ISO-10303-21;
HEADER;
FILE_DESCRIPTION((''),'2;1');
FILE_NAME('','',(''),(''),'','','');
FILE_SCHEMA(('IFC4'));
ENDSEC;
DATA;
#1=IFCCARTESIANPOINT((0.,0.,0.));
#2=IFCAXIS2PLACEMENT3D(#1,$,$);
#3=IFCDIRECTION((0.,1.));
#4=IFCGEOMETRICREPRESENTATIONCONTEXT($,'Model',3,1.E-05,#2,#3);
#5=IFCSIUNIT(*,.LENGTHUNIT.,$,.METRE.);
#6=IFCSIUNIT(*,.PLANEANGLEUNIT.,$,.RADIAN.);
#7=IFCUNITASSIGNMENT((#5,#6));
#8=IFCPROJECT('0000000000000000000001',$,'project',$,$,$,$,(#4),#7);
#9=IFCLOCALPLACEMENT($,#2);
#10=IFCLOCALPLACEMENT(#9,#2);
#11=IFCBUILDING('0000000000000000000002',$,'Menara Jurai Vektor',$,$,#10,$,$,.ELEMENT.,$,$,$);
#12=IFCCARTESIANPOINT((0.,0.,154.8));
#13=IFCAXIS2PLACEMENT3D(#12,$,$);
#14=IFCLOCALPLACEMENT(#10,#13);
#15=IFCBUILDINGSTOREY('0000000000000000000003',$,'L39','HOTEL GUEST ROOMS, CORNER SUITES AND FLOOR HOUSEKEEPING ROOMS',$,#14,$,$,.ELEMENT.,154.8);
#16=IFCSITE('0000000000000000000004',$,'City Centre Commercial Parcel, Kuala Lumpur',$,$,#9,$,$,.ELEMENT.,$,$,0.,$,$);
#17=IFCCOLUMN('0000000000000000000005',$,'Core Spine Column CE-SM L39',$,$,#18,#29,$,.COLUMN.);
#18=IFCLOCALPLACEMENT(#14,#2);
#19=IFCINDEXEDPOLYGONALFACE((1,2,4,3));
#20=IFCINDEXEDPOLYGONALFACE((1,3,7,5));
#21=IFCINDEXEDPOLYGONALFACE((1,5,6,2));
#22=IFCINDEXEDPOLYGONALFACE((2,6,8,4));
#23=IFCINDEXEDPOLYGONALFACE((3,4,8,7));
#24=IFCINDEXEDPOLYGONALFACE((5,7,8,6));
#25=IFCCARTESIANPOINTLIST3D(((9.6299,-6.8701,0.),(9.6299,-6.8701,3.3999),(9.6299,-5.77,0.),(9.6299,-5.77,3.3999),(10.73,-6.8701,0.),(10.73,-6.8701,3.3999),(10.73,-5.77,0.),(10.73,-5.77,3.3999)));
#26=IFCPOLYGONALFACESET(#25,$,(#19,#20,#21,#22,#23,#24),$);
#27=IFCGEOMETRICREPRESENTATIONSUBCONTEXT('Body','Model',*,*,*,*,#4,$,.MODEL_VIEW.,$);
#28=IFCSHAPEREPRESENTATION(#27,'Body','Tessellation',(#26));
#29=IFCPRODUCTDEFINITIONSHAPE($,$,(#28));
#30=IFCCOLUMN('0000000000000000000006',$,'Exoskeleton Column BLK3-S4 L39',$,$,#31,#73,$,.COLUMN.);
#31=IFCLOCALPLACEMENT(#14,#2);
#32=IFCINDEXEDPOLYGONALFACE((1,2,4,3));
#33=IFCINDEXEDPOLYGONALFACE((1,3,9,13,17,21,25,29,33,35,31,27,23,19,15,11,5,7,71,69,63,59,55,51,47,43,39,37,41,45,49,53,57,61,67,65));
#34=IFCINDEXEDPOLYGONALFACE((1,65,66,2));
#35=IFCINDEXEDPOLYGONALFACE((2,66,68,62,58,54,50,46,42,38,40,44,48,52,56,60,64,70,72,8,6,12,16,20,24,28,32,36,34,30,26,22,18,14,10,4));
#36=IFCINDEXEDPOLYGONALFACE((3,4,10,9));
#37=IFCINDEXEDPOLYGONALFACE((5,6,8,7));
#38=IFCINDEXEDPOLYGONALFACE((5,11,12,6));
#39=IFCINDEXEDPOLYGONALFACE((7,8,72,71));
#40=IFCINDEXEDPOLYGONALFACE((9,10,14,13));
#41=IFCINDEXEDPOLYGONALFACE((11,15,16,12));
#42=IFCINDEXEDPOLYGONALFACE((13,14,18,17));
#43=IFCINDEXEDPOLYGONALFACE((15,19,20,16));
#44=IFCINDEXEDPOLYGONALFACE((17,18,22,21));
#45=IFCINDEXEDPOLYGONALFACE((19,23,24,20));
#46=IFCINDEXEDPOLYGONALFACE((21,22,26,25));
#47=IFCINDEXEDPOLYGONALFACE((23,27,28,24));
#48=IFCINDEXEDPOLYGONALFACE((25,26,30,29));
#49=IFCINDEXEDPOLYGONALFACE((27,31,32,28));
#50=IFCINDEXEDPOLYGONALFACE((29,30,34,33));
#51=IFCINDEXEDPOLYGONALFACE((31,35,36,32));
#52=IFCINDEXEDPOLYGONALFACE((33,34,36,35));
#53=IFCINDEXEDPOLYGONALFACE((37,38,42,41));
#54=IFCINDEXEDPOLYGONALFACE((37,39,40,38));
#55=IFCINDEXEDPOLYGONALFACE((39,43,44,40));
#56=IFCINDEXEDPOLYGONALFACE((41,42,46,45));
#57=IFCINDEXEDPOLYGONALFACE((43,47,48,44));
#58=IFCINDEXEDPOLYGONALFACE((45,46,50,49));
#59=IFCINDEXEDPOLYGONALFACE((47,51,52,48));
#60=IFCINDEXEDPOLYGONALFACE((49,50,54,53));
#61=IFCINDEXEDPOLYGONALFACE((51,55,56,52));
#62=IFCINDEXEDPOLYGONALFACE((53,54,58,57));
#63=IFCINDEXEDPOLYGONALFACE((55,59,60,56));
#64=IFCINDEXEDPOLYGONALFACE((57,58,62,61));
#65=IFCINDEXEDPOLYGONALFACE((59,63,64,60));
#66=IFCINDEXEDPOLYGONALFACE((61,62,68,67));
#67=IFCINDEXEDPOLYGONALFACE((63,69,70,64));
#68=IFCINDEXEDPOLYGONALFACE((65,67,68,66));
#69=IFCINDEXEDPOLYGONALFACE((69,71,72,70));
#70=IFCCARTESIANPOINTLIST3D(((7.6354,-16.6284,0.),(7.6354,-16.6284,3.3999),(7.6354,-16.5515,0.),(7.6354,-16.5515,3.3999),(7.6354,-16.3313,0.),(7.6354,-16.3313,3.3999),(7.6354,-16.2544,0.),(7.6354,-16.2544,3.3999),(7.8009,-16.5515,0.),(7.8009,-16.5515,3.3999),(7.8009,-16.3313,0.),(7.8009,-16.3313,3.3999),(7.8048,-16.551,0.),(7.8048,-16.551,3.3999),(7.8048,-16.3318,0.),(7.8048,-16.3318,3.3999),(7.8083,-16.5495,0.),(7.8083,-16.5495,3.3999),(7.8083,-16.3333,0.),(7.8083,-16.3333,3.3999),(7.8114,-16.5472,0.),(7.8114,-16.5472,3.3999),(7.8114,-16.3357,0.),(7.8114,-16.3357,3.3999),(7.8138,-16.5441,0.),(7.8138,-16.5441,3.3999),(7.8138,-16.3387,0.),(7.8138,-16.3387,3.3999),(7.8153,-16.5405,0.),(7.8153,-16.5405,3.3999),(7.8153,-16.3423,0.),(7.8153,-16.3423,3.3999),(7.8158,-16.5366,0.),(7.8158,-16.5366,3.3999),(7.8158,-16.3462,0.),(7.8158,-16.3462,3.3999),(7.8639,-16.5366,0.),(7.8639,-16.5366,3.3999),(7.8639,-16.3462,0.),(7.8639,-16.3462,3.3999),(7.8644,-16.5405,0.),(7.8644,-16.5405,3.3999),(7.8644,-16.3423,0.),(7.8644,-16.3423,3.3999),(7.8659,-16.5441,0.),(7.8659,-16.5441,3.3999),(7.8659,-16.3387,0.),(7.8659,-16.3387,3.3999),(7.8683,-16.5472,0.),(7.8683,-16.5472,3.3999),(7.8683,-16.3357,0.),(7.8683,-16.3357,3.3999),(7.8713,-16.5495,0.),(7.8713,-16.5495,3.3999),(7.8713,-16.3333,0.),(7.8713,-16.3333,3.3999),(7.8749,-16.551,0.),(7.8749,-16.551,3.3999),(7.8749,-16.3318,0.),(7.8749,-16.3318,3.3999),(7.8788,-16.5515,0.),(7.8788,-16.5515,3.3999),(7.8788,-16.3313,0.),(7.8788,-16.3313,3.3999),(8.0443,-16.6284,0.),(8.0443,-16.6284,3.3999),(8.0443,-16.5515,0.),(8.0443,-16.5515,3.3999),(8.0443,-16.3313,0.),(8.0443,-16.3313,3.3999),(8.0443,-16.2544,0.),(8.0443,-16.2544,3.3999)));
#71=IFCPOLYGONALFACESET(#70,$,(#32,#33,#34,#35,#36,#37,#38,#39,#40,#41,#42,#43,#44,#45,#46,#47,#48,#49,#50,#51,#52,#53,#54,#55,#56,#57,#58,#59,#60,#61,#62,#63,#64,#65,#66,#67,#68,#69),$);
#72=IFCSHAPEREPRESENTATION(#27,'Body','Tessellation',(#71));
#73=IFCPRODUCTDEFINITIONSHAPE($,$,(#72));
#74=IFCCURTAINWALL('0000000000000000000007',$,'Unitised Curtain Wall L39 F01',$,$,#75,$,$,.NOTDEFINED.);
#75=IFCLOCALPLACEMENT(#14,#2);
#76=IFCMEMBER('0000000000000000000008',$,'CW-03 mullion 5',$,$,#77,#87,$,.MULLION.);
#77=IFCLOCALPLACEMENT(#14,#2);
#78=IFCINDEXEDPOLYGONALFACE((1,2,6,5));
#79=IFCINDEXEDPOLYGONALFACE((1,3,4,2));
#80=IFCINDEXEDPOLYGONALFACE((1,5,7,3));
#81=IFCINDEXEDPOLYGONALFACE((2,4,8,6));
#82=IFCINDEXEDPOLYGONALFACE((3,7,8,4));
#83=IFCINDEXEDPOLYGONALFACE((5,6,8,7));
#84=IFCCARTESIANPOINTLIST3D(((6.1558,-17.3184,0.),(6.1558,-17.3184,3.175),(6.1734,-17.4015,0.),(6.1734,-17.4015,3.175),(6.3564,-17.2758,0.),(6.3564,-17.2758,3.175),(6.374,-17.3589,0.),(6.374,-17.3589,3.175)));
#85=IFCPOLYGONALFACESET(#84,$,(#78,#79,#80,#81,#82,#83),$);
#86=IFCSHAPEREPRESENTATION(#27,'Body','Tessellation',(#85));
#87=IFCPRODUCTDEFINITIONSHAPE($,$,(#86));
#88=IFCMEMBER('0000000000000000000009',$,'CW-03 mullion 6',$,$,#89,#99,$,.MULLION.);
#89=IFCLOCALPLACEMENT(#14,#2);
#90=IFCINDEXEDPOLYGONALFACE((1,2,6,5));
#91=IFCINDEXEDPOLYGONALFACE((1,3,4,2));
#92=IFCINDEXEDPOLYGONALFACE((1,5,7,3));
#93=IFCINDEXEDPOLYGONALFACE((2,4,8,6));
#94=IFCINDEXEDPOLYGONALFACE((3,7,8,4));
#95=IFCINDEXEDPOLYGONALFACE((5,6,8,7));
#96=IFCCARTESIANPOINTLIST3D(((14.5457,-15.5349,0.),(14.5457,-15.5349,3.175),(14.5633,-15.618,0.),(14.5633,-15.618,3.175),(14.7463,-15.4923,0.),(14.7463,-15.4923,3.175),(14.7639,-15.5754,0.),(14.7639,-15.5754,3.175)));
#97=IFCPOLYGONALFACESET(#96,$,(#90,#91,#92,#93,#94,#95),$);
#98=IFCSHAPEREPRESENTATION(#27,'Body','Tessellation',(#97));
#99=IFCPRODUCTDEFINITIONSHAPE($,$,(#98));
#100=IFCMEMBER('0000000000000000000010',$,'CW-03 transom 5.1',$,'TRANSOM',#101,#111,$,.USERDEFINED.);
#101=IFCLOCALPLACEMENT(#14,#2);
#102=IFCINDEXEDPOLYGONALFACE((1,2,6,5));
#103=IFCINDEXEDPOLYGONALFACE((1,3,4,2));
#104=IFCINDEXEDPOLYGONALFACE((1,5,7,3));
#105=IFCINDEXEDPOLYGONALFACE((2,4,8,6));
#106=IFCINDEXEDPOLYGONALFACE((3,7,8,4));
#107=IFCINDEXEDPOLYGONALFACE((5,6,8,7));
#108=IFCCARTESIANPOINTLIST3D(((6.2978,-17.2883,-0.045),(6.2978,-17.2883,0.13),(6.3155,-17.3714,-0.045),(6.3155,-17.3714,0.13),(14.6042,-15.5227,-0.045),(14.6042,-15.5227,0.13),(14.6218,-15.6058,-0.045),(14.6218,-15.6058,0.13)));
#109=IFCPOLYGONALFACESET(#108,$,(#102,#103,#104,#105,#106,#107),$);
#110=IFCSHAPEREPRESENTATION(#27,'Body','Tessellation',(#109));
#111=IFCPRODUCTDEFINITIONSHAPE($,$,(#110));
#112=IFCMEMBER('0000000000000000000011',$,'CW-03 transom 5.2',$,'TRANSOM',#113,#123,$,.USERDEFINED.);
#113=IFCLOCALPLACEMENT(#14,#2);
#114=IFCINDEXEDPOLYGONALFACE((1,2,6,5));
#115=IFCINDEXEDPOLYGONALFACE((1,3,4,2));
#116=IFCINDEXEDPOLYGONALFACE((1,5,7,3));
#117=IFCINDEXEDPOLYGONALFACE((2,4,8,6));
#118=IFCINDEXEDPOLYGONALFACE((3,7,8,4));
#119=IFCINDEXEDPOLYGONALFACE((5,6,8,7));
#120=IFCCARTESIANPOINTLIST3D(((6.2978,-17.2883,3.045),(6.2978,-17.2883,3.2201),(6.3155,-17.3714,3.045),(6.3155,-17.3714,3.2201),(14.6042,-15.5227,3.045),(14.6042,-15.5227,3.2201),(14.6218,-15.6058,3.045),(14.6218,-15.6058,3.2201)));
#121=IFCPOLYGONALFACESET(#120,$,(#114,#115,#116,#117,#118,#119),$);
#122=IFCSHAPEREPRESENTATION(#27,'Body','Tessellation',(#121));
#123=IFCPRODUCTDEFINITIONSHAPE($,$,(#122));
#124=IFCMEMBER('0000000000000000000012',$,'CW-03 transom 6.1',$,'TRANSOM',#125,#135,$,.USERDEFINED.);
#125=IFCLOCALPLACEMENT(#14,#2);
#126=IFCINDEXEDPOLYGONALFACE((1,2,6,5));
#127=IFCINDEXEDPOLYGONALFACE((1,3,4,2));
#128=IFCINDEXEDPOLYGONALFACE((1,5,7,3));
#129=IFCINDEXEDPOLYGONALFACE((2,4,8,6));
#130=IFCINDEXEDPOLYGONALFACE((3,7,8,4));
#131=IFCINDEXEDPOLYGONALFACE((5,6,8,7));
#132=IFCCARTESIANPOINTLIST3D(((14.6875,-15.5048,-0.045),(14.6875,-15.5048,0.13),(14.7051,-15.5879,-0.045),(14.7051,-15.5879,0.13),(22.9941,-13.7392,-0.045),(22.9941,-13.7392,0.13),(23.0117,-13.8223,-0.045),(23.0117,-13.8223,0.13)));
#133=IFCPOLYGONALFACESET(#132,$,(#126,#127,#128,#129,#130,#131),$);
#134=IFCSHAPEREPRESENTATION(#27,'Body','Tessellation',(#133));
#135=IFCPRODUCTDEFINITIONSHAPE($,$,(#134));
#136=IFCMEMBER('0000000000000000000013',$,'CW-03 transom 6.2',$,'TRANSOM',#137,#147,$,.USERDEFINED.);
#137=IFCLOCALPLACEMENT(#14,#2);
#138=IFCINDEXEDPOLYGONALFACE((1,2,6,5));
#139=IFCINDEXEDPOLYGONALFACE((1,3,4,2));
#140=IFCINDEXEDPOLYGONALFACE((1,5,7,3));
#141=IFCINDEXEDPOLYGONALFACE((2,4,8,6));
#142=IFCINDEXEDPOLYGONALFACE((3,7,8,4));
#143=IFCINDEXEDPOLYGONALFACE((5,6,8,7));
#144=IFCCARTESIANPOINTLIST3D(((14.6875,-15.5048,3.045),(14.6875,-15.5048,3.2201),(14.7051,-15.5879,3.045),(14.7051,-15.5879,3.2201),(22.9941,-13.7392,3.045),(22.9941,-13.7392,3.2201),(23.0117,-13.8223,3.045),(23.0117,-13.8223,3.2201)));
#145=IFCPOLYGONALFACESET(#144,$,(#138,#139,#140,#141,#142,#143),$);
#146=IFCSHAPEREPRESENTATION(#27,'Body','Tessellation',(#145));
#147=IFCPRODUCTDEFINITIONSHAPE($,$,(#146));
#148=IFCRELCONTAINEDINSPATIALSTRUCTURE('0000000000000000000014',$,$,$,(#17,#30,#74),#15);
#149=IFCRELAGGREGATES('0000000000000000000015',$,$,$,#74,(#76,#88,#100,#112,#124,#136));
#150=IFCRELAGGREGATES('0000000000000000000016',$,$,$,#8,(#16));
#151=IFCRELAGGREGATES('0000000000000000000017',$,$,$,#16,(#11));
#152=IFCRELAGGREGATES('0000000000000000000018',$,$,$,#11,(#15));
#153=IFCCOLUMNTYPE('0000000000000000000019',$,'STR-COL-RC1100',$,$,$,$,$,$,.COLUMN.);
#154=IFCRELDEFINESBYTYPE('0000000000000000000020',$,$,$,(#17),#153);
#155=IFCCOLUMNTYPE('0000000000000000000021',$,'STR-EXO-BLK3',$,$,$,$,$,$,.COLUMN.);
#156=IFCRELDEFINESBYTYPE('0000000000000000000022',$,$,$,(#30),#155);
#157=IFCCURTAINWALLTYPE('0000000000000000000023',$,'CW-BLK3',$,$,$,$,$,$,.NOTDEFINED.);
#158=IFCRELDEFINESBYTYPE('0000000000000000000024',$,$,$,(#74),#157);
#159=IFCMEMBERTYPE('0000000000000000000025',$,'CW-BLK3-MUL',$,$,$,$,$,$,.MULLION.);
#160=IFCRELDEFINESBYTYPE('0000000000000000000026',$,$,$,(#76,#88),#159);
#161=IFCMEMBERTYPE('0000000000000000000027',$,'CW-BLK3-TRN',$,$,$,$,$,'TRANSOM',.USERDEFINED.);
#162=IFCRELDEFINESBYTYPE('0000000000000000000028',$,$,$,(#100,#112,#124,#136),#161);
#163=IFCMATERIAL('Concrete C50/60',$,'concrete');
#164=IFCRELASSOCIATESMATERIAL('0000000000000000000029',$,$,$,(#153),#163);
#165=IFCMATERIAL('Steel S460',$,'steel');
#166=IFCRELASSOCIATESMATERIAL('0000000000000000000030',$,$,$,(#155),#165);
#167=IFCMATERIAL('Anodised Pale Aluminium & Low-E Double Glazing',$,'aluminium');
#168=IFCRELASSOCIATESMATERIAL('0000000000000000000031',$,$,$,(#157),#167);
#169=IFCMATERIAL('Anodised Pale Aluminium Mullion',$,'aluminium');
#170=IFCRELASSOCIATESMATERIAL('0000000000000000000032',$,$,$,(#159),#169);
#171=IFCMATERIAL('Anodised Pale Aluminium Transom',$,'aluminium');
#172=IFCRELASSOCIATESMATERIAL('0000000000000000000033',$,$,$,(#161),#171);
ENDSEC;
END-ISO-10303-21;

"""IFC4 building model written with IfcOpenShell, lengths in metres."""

from ifc_helpers import new_model, si_unit, direction, frame, origin, origin_2d, place, context, subcontext, project, spatial, rectangle, i_section, extrude, material, material_profile, profile_set, type_object, element, aggregate, save


model = new_model("IFC4")

# Units and contexts
model_context = context("Model", 3, precision=1e-05, world=origin(), true_north=direction((0.0, 1.0)))
body_context = subcontext(model_context, "Body", "Model", "MODEL_VIEW")
ifc_project = project(units=[si_unit("LENGTHUNIT", "METRE"), si_unit("PLANEANGLEUNIT", "RADIAN")], contexts=[model_context])

# Site, building, storey
site_placement = place(None, origin())
site = spatial("IfcSite", under=ifc_project, at=site_placement, Name="City Centre Commercial Parcel, Kuala Lumpur", CompositionType="ELEMENT", RefElevation=0.0)
building_placement = place(site_placement, origin())
building = spatial("IfcBuilding", under=site, at=building_placement, Name="Menara Jurai Vektor", CompositionType="ELEMENT")
storey_placement = place(building_placement, frame((0.0, 0.0, 154.8)))
storey = spatial("IfcBuildingStorey", under=building, at=storey_placement, Name="L39", Description="HOTEL GUEST ROOMS, CORNER SUITES AND FLOOR HOUSEKEEPING ROOMS", CompositionType="ELEMENT", Elevation=154.8)

# Columns
ifc_material_1 = material(Name="Concrete C50/60", Category="concrete")
ifc_material_profile_1 = material_profile(ifc_material_1, rectangle(XDim=1.1001, YDim=1.1001, at=origin_2d()), Name="RC 1100x1100")
ifc_profile_set_1 = profile_set([ifc_material_profile_1], Name="Concrete C50/60")
column_type_1 = type_object("IfcColumnType", Name="STR-COL-RC1100", PredefinedType="COLUMN", material=ifc_profile_set_1)
column_1_placement = place(storey_placement, frame((10.1799, -6.3201, 0.0), z_axis=(0.0, 0.0, 1.0), x_axis=(1.0, 0.0, 0.0)))
element("IfcColumn", 1, at=column_1_placement, inside=storey, type_object=column_type_1, Name="Core Spine Column CE-SM L39", PredefinedType="COLUMN", context=body_context, shape_type="SweptSolid", body=[
    extrude(rectangle(XDim=1.1001, YDim=1.1001, at=origin_2d()), origin(), (0.0, 0.0, 1.0), 3.3999),
])
ifc_material_2 = material(Name="Steel S460", Category="steel")
ifc_material_profile_2 = material_profile(ifc_material_2, i_section(OverallWidth=0.4089, OverallDepth=0.374, WebThickness=0.0481, FlangeThickness=0.0769, FilletRadius=0.0149, at=origin_2d()), Name="HD 400x634")
ifc_profile_set_2 = profile_set([ifc_material_profile_2], Name="Steel S460")
column_type_2 = type_object("IfcColumnType", Name="STR-EXO-BLK3", PredefinedType="COLUMN", material=ifc_profile_set_2)
column_2_placement = place(storey_placement, frame((7.8398, -16.4414, 0.0), z_axis=(0.0, 0.0, 1.0), x_axis=(1.0, 0.0, 0.0)))
element("IfcColumn", 2, at=column_2_placement, inside=storey, type_object=column_type_2, Name="Exoskeleton Column BLK3-S4 L39", PredefinedType="COLUMN", context=body_context, shape_type="SweptSolid", body=[
    extrude(i_section(OverallWidth=0.4089, OverallDepth=0.374, WebThickness=0.0481, FlangeThickness=0.0769, FilletRadius=0.0149, at=origin_2d()), origin(), (0.0, 0.0, 1.0), 3.3999),
])

# Curtain wall, members
ifc_material_3 = material(Name="Anodised Pale Aluminium & Low-E Double Glazing", Category="aluminium")
curtain_wall_type = type_object("IfcCurtainWallType", Name="CW-BLK3", PredefinedType="NOTDEFINED", material=ifc_material_3)
curtain_wall_placement = place(storey_placement, origin())
curtain_wall = element("IfcCurtainWall", 3, at=curtain_wall_placement, inside=storey, type_object=curtain_wall_type, Name="Unitised Curtain Wall L39 F01", PredefinedType="NOTDEFINED")
ifc_material_4 = material(Name="Anodised Pale Aluminium Mullion", Category="aluminium")
ifc_material_profile_3 = material_profile(ifc_material_4, rectangle(XDim=0.085, YDim=0.2051, at=origin_2d()), Name="ALU MUL 85x205")
ifc_profile_set_3 = profile_set([ifc_material_profile_3], Name="Anodised Pale Aluminium Mullion")
member_type_1 = type_object("IfcMemberType", Name="CW-BLK3-MUL", PredefinedType="MULLION", material=ifc_profile_set_3)
member_1_placement = place(storey_placement, frame((6.2649, -17.3386, 0.0), z_axis=(0.0, 0.0, 1.0), x_axis=(-0.207911, 0.978148, 0.0)))
member_1 = element("IfcMember", 4, at=member_1_placement, type_object=member_type_1, Name="CW-03 mullion 5", PredefinedType="MULLION", context=body_context, shape_type="SweptSolid", body=[
    extrude(rectangle(XDim=0.085, YDim=0.2051, at=origin_2d()), origin(), (0.0, 0.0, 1.0), 3.175),
])
member_2_placement = place(storey_placement, frame((14.6548, -15.5552, 0.0), z_axis=(0.0, 0.0, 1.0), x_axis=(-0.207911, 0.978148, 0.0)))
member_2 = element("IfcMember", 5, at=member_2_placement, type_object=member_type_1, Name="CW-03 mullion 6", PredefinedType="MULLION", context=body_context, shape_type="SweptSolid", body=[
    extrude(rectangle(XDim=0.085, YDim=0.2051, at=origin_2d()), origin(), (0.0, 0.0, 1.0), 3.175),
])
ifc_material_5 = material(Name="Anodised Pale Aluminium Transom", Category="aluminium")
ifc_material_profile_4 = material_profile(ifc_material_5, rectangle(XDim=0.085, YDim=0.175, at=origin_2d()), Name="ALU TRN 85x175")
ifc_profile_set_4 = profile_set([ifc_material_profile_4], Name="Anodised Pale Aluminium Transom")
member_type_2 = type_object("IfcMemberType", Name="CW-BLK3-TRN", ElementType="TRANSOM", PredefinedType="USERDEFINED", material=ifc_profile_set_4)
member_3_placement = place(storey_placement, frame((6.3066, -17.3298, 0.0425), z_axis=(0.978147, 0.207917, 0.0), x_axis=(-0.207917, 0.978147, 0.0)))
member_3 = element("IfcMember", 6, at=member_3_placement, type_object=member_type_2, Name="CW-03 transom 5.1", ObjectType="TRANSOM", PredefinedType="USERDEFINED", context=body_context, shape_type="SweptSolid", body=[
    extrude(rectangle(XDim=0.085, YDim=0.175, at=origin_2d()), origin(), (0.0, 0.0, 1.0), 8.4919),
])
member_4_placement = place(storey_placement, frame((6.3066, -17.3298, 3.1326), z_axis=(0.978147, 0.207917, 0.0), x_axis=(-0.207917, 0.978147, 0.0)))
member_4 = element("IfcMember", 7, at=member_4_placement, type_object=member_type_2, Name="CW-03 transom 5.2", ObjectType="TRANSOM", PredefinedType="USERDEFINED", context=body_context, shape_type="SweptSolid", body=[
    extrude(rectangle(XDim=0.085, YDim=0.175, at=origin_2d()), origin(), (0.0, 0.0, 1.0), 8.4919),
])
member_5_placement = place(storey_placement, frame((14.6963, -15.5464, 0.0425), z_axis=(0.978148, 0.207911, 0.0), x_axis=(-0.207911, 0.978148, 0.0)))
member_5 = element("IfcMember", 8, at=member_5_placement, type_object=member_type_2, Name="CW-03 transom 6.1", ObjectType="TRANSOM", PredefinedType="USERDEFINED", context=body_context, shape_type="SweptSolid", body=[
    extrude(rectangle(XDim=0.085, YDim=0.175, at=origin_2d()), origin(), (0.0, 0.0, 1.0), 8.4922),
])
member_6_placement = place(storey_placement, frame((14.6963, -15.5464, 3.1326), z_axis=(0.978148, 0.207911, 0.0), x_axis=(-0.207911, 0.978148, 0.0)))
member_6 = element("IfcMember", 9, at=member_6_placement, type_object=member_type_2, Name="CW-03 transom 6.2", ObjectType="TRANSOM", PredefinedType="USERDEFINED", context=body_context, shape_type="SweptSolid", body=[
    extrude(rectangle(XDim=0.085, YDim=0.175, at=origin_2d()), origin(), (0.0, 0.0, 1.0), 8.4922),
])

aggregate(curtain_wall, [member_1, member_2, member_3, member_4, member_5, member_6])

save(model, "model.ifc")
